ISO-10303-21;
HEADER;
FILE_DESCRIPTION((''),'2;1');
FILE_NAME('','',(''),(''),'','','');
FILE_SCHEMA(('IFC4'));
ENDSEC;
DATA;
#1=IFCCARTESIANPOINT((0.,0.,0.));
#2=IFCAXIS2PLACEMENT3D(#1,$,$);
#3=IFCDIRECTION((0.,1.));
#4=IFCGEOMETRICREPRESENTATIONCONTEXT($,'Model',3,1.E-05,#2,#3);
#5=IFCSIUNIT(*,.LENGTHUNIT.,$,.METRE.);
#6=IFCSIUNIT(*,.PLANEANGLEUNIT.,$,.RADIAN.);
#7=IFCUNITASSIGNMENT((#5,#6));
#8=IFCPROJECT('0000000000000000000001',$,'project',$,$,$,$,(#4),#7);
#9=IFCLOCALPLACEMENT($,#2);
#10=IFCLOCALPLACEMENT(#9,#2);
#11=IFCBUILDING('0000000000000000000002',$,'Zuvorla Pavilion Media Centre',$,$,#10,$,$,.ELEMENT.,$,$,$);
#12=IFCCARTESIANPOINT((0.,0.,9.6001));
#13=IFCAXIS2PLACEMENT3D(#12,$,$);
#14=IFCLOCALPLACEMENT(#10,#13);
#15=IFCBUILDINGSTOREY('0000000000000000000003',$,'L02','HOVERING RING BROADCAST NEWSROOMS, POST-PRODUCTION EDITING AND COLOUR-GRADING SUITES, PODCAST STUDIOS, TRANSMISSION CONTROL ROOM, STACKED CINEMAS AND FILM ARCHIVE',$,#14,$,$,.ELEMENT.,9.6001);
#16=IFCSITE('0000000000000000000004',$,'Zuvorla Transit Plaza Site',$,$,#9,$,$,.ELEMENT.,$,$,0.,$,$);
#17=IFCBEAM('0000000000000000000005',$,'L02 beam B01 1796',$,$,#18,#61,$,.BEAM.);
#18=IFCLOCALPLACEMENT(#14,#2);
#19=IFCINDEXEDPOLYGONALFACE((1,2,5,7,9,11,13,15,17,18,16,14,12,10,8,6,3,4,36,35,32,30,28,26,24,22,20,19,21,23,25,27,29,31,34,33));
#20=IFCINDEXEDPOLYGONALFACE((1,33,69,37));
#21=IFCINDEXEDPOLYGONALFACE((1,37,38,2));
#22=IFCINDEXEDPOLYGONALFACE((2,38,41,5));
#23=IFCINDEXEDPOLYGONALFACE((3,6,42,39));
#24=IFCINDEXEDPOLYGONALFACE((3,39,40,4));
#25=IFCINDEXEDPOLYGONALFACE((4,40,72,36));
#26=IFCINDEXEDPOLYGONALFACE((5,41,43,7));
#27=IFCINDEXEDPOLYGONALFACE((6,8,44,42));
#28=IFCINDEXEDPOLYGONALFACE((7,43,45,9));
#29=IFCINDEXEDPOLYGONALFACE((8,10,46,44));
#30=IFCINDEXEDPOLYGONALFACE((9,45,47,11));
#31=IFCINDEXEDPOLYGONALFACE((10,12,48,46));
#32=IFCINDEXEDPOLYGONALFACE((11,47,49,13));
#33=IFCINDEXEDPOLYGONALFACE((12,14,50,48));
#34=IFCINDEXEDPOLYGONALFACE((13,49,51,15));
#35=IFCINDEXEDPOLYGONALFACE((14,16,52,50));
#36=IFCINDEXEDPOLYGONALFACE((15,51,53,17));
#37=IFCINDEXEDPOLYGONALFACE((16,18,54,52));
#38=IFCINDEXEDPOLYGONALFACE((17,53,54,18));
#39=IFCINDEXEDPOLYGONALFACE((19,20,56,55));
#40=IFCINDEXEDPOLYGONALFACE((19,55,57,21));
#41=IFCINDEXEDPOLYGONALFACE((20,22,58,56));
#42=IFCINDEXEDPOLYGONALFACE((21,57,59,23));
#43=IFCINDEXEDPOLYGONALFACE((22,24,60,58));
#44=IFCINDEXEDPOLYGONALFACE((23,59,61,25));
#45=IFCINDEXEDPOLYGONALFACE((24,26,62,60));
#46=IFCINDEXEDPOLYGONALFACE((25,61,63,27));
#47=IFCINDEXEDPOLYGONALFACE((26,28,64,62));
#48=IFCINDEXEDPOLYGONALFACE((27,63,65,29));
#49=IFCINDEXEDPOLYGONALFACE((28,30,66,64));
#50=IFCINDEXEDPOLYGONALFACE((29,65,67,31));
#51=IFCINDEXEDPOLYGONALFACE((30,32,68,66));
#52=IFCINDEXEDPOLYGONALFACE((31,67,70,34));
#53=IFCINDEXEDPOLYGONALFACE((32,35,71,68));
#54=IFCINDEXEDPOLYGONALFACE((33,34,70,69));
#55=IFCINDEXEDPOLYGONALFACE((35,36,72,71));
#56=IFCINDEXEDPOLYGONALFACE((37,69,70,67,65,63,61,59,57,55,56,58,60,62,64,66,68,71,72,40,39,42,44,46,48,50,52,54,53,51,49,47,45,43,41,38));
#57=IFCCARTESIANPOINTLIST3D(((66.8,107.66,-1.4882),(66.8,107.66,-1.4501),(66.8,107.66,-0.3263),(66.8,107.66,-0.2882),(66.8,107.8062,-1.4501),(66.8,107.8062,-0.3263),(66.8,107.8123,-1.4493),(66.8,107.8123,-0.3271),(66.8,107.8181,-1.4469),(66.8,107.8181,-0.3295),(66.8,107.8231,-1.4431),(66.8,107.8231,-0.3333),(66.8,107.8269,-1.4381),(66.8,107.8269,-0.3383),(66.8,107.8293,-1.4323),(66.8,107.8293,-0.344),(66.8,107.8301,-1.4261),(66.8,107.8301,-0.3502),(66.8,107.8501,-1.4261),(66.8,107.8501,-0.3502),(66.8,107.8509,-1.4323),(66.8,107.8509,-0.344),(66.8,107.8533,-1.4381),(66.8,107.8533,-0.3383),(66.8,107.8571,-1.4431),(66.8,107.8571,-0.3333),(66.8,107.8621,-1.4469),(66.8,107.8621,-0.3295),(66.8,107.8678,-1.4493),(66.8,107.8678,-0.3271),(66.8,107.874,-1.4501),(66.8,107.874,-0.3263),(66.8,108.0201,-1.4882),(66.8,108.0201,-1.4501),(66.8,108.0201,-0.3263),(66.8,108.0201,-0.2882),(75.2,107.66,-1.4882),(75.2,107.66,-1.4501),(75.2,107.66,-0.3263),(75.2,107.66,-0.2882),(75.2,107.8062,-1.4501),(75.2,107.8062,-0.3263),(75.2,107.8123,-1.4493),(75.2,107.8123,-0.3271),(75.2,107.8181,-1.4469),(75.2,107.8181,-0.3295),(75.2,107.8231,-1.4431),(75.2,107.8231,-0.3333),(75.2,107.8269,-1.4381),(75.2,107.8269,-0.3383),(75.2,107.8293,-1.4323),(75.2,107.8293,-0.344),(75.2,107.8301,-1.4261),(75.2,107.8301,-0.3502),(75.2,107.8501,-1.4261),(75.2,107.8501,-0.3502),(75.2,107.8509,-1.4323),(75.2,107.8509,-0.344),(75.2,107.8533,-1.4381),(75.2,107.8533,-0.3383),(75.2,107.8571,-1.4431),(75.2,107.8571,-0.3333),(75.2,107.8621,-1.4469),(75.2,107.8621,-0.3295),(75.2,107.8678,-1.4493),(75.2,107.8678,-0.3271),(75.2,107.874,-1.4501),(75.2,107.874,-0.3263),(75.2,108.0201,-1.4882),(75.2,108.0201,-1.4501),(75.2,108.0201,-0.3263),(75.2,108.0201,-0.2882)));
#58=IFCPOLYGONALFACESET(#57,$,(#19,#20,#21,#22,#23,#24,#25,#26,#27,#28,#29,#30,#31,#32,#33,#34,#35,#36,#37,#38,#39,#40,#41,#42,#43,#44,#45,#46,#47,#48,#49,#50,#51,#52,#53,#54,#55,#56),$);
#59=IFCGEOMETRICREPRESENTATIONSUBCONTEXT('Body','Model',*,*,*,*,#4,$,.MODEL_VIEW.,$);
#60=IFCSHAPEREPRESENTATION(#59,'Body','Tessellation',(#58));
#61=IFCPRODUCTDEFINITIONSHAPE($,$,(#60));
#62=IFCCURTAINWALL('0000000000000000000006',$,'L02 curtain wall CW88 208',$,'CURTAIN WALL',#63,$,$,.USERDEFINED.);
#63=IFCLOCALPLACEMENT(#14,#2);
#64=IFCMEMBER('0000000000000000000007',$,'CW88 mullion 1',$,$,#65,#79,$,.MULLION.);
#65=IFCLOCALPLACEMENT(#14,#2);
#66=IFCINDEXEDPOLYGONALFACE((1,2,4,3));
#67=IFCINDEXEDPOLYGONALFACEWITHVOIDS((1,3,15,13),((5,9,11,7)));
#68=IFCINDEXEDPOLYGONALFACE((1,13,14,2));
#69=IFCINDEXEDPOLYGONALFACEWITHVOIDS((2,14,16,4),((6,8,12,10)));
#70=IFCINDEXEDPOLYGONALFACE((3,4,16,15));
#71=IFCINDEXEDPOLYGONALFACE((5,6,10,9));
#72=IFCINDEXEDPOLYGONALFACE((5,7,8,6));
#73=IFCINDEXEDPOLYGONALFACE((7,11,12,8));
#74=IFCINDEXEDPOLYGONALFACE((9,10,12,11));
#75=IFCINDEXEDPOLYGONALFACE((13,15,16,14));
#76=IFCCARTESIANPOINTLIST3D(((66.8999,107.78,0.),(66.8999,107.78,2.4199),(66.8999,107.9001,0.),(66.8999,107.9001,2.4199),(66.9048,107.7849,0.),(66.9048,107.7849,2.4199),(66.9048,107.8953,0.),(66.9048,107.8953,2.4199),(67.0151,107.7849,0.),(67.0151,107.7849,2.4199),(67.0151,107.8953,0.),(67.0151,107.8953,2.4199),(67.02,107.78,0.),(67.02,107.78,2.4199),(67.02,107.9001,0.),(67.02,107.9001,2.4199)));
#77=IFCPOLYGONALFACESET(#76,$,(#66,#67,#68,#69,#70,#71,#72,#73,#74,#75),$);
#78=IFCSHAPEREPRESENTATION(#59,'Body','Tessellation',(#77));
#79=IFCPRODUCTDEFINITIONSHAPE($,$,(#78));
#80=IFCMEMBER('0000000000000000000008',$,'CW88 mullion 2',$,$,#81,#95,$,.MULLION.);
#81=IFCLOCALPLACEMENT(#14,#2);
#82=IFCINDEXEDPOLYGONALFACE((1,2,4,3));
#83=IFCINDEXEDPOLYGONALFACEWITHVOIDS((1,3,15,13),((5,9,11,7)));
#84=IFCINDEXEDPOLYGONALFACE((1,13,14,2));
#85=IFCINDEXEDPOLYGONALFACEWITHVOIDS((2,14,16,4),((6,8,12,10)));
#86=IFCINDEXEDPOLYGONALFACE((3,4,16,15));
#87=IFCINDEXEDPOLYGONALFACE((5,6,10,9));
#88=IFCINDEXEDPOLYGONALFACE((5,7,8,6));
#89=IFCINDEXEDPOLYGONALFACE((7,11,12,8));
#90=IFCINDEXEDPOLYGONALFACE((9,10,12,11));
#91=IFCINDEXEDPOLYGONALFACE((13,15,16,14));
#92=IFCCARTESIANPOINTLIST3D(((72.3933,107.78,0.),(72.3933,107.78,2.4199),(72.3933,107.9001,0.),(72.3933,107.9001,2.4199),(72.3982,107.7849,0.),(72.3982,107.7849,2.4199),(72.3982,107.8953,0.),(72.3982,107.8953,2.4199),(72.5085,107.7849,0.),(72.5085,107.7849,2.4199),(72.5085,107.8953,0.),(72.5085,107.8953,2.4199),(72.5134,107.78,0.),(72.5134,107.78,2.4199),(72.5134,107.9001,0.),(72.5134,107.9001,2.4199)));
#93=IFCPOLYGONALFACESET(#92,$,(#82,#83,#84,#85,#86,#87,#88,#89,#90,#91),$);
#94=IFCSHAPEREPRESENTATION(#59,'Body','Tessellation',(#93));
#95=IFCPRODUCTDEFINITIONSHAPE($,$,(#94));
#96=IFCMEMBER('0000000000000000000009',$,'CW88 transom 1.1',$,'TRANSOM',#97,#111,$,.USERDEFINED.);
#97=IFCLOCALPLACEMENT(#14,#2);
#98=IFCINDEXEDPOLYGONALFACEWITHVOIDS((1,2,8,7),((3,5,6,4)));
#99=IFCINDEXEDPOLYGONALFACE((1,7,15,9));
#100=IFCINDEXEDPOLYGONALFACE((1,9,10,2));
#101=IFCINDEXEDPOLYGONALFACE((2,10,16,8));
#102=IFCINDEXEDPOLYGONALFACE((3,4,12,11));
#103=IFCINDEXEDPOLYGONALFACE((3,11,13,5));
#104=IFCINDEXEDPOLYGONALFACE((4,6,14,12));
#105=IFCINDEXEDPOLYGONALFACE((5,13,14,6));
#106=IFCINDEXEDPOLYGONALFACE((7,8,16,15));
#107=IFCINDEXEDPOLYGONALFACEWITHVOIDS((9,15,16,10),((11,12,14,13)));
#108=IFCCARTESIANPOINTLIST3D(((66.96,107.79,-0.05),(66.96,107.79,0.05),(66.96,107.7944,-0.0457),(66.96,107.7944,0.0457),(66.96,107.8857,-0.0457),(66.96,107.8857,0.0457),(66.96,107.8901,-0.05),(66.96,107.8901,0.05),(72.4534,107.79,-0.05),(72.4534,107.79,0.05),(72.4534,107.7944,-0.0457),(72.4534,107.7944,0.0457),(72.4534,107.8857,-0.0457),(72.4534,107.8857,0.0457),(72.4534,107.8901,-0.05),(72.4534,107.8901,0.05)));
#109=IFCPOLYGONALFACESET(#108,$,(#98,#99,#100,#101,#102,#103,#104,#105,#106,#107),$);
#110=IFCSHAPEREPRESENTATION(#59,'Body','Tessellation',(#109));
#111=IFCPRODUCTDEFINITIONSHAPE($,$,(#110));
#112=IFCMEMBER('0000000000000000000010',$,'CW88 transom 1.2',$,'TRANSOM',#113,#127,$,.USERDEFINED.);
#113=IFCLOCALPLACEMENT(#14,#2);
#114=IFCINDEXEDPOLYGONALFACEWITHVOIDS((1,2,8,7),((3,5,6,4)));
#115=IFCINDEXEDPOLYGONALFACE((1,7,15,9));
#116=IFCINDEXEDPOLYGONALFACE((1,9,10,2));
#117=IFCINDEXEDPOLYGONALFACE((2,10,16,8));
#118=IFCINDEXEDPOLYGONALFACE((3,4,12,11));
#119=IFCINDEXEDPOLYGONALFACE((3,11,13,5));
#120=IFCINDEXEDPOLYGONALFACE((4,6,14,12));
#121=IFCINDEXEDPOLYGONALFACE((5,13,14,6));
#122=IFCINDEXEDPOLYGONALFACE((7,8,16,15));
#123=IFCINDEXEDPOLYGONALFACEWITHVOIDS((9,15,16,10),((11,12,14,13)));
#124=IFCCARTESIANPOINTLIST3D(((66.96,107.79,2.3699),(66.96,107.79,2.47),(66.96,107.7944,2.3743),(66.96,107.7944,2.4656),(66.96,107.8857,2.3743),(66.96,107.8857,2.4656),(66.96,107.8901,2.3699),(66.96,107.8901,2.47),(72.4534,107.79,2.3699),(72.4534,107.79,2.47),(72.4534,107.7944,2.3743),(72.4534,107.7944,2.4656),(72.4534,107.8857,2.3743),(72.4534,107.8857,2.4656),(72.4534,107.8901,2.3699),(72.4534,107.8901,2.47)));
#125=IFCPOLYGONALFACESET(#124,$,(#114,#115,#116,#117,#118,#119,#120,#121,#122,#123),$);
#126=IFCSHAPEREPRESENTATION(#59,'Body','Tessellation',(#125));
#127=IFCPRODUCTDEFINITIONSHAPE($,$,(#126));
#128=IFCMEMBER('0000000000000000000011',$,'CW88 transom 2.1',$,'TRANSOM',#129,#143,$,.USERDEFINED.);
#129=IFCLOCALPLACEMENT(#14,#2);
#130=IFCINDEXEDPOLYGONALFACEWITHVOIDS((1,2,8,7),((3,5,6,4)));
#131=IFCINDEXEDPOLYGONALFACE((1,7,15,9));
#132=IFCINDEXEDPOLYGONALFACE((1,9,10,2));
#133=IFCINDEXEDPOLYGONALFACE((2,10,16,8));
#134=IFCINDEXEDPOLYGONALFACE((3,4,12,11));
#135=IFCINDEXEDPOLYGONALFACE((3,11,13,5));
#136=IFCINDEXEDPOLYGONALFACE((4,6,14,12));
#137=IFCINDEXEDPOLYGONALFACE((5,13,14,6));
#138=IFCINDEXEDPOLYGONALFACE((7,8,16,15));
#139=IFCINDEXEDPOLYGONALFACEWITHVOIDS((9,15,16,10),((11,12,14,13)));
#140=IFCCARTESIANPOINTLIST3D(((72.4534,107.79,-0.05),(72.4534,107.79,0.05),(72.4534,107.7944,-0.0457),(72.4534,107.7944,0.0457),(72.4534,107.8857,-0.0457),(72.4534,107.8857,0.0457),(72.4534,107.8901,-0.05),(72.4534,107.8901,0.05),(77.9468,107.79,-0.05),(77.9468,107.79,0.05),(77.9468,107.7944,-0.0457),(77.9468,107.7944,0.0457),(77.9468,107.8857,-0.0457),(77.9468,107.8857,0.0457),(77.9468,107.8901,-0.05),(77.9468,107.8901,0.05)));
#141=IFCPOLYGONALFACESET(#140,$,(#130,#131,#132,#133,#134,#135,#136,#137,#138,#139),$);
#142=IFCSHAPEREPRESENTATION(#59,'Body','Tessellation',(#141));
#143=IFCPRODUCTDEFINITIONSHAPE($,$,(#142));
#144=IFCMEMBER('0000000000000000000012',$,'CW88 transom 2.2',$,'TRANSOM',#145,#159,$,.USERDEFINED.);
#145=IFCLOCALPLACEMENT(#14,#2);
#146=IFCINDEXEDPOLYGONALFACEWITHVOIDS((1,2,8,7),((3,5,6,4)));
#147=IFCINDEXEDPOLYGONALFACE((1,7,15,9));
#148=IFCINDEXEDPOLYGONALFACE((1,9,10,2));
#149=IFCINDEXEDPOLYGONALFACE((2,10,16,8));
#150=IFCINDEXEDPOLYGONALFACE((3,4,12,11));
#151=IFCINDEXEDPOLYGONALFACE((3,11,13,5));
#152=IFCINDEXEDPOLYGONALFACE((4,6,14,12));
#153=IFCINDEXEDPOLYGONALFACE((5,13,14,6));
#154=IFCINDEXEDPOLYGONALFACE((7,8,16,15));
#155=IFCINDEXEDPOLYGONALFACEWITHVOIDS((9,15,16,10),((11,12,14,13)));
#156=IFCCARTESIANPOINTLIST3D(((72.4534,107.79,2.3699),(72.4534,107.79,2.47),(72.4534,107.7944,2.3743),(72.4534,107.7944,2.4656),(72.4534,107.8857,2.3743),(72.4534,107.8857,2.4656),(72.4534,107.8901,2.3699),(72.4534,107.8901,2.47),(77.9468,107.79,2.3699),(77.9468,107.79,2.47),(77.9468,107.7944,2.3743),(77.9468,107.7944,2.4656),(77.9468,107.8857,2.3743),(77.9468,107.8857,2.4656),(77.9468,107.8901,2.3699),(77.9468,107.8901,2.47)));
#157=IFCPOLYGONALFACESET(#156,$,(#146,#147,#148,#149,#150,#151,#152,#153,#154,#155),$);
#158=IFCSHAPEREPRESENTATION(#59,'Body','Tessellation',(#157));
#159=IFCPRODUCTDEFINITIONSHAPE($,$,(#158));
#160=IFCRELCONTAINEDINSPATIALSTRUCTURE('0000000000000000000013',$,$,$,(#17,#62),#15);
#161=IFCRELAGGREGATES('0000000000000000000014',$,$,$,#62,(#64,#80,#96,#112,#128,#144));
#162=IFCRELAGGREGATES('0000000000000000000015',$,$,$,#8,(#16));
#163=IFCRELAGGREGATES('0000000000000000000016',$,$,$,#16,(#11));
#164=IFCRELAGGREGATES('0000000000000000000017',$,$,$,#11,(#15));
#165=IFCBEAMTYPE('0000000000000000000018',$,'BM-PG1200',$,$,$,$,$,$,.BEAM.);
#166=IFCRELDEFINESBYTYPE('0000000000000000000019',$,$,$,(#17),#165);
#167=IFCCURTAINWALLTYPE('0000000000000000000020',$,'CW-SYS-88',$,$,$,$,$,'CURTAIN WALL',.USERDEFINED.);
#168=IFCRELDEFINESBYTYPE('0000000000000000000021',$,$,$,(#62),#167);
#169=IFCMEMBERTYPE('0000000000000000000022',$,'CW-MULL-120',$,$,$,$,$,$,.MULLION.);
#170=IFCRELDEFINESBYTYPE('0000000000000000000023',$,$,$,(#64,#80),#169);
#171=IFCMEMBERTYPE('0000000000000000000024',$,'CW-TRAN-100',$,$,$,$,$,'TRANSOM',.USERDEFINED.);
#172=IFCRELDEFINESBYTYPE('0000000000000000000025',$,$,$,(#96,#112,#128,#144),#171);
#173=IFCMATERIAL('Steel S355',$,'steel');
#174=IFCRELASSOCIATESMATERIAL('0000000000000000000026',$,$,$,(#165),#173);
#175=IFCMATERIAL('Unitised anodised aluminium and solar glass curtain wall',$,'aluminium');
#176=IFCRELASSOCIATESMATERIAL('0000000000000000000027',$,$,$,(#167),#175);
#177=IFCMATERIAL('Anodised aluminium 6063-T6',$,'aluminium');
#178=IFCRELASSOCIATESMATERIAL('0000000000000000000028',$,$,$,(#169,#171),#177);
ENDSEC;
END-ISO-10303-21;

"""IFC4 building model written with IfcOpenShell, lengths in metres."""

from ifc_helpers import new_model, si_unit, direction, frame, origin, origin_2d, place, context, subcontext, project, spatial, hollow_rectangle, i_section, extrude, material, material_profile, profile_set, type_object, element, aggregate, save


model = new_model("IFC4")

# Units and contexts
model_context = context("Model", 3, precision=1e-05, world=origin(), true_north=direction((0.0, 1.0)))
body_context = subcontext(model_context, "Body", "Model", "MODEL_VIEW")
ifc_project = project(units=[si_unit("LENGTHUNIT", "METRE"), si_unit("PLANEANGLEUNIT", "RADIAN")], contexts=[model_context])

# Site, building, storey
site_placement = place(None, origin())
site = spatial("IfcSite", under=ifc_project, at=site_placement, Name="Zuvorla Transit Plaza Site", CompositionType="ELEMENT", RefElevation=0.0)
building_placement = place(site_placement, origin())
building = spatial("IfcBuilding", under=site, at=building_placement, Name="Zuvorla Pavilion Media Centre", CompositionType="ELEMENT")
storey_placement = place(building_placement, frame((0.0, 0.0, 9.6001)))
storey = spatial("IfcBuildingStorey", under=building, at=storey_placement, Name="L02", Description="HOVERING RING BROADCAST NEWSROOMS, POST-PRODUCTION EDITING AND COLOUR-GRADING SUITES, PODCAST STUDIOS, TRANSMISSION CONTROL ROOM, STACKED CINEMAS AND FILM ARCHIVE", CompositionType="ELEMENT", Elevation=9.6001)

# Beam
ifc_material_1 = material(Name="Steel S355", Category="steel")
ifc_material_profile_1 = material_profile(ifc_material_1, i_section(OverallWidth=0.3601, OverallDepth=1.2, WebThickness=0.02, FlangeThickness=0.0381, FilletRadius=0.0239, at=origin_2d()), Name="PG 1200x360x38")
ifc_profile_set_1 = profile_set([ifc_material_profile_1], Name="Steel S355")
beam_type = type_object("IfcBeamType", Name="BM-PG1200", PredefinedType="BEAM", material=ifc_profile_set_1)
beam_placement = place(storey_placement, frame((66.8, 107.8401, -0.8882), z_axis=(1.0, 0.0, 0.0), x_axis=(0.0, 1.0, 0.0)))
element("IfcBeam", 1, at=beam_placement, inside=storey, type_object=beam_type, Name="L02 beam B01 1796", PredefinedType="BEAM", context=body_context, shape_type="SweptSolid", body=[
    extrude(i_section(OverallWidth=0.3601, OverallDepth=1.2, WebThickness=0.02, FlangeThickness=0.0381, FilletRadius=0.0239, at=origin_2d()), origin(), (0.0, 0.0, 1.0), 8.3999),
])

# Curtain wall, members
ifc_material_2 = material(Name="Unitised anodised aluminium and solar glass curtain wall", Category="aluminium")
curtain_wall_type = type_object("IfcCurtainWallType", Name="CW-SYS-88", ElementType="CURTAIN WALL", PredefinedType="USERDEFINED", material=ifc_material_2)
curtain_wall_placement = place(storey_placement, origin())
curtain_wall = element("IfcCurtainWall", 2, at=curtain_wall_placement, inside=storey, type_object=curtain_wall_type, Name="L02 curtain wall CW88 208", ObjectType="CURTAIN WALL", PredefinedType="USERDEFINED")
ifc_material_3 = material(Name="Anodised aluminium 6063-T6", Category="aluminium")
ifc_material_profile_2 = material_profile(ifc_material_3, hollow_rectangle(XDim=0.1201, YDim=0.1201, WallThickness=0.0049, at=origin_2d()), Name="ALU MULL 120x120")
ifc_profile_set_2 = profile_set([ifc_material_profile_2], Name="Anodised aluminium 6063-T6")
member_type_1 = type_object("IfcMemberType", Name="CW-MULL-120", PredefinedType="MULLION", material=ifc_profile_set_2)
member_1_placement = place(storey_placement, frame((66.96, 107.8401, 0.0), z_axis=(0.0, 0.0, 1.0), x_axis=(1.0, 0.0, 0.0)))
member_1 = element("IfcMember", 3, at=member_1_placement, type_object=member_type_1, Name="CW88 mullion 1", PredefinedType="MULLION", context=body_context, shape_type="SweptSolid", body=[
    extrude(hollow_rectangle(XDim=0.1201, YDim=0.1201, WallThickness=0.0049, at=origin_2d()), origin(), (0.0, 0.0, 1.0), 2.4199),
])
member_2_placement = place(storey_placement, frame((72.4534, 107.8401, 0.0), z_axis=(0.0, 0.0, 1.0), x_axis=(1.0, 0.0, 0.0)))
member_2 = element("IfcMember", 4, at=member_2_placement, type_object=member_type_1, Name="CW88 mullion 2", PredefinedType="MULLION", context=body_context, shape_type="SweptSolid", body=[
    extrude(hollow_rectangle(XDim=0.1201, YDim=0.1201, WallThickness=0.0049, at=origin_2d()), origin(), (0.0, 0.0, 1.0), 2.4199),
])
ifc_material_profile_3 = material_profile(ifc_material_3, hollow_rectangle(XDim=0.1001, YDim=0.1001, WallThickness=0.0044, at=origin_2d()), Name="ALU TRAN 100x100")
ifc_profile_set_3 = profile_set([ifc_material_profile_3], Name="Anodised aluminium 6063-T6")
member_type_2 = type_object("IfcMemberType", Name="CW-TRAN-100", ElementType="TRANSOM", PredefinedType="USERDEFINED", material=ifc_profile_set_3)
member_3_placement = place(storey_placement, frame((66.96, 107.8401, 0.0), z_axis=(1.0, 0.0, 0.0), x_axis=(0.0, 1.0, 0.0)))
member_3 = element("IfcMember", 5, at=member_3_placement, type_object=member_type_2, Name="CW88 transom 1.1", ObjectType="TRANSOM", PredefinedType="USERDEFINED", context=body_context, shape_type="SweptSolid", body=[
    extrude(hollow_rectangle(XDim=0.1001, YDim=0.1001, WallThickness=0.0044, at=origin_2d()), origin(), (0.0, 0.0, 1.0), 5.4934),
])
member_4_placement = place(storey_placement, frame((66.96, 107.8401, 2.4199), z_axis=(1.0, 0.0, 0.0), x_axis=(0.0, 1.0, 0.0)))
member_4 = element("IfcMember", 6, at=member_4_placement, type_object=member_type_2, Name="CW88 transom 1.2", ObjectType="TRANSOM", PredefinedType="USERDEFINED", context=body_context, shape_type="SweptSolid", body=[
    extrude(hollow_rectangle(XDim=0.1001, YDim=0.1001, WallThickness=0.0044, at=origin_2d()), origin(), (0.0, 0.0, 1.0), 5.4934),
])
member_5_placement = place(storey_placement, frame((72.4534, 107.8401, 0.0), z_axis=(1.0, 0.0, 0.0), x_axis=(0.0, 1.0, 0.0)))
member_5 = element("IfcMember", 7, at=member_5_placement, type_object=member_type_2, Name="CW88 transom 2.1", ObjectType="TRANSOM", PredefinedType="USERDEFINED", context=body_context, shape_type="SweptSolid", body=[
    extrude(hollow_rectangle(XDim=0.1001, YDim=0.1001, WallThickness=0.0044, at=origin_2d()), origin(), (0.0, 0.0, 1.0), 5.4934),
])
member_6_placement = place(storey_placement, frame((72.4534, 107.8401, 2.4199), z_axis=(1.0, 0.0, 0.0), x_axis=(0.0, 1.0, 0.0)))
member_6 = element("IfcMember", 8, at=member_6_placement, type_object=member_type_2, Name="CW88 transom 2.2", ObjectType="TRANSOM", PredefinedType="USERDEFINED", context=body_context, shape_type="SweptSolid", body=[
    extrude(hollow_rectangle(XDim=0.1001, YDim=0.1001, WallThickness=0.0044, at=origin_2d()), origin(), (0.0, 0.0, 1.0), 5.4934),
])

aggregate(curtain_wall, [member_1, member_2, member_3, member_4, member_5, member_6])

save(model, "model.ifc")
